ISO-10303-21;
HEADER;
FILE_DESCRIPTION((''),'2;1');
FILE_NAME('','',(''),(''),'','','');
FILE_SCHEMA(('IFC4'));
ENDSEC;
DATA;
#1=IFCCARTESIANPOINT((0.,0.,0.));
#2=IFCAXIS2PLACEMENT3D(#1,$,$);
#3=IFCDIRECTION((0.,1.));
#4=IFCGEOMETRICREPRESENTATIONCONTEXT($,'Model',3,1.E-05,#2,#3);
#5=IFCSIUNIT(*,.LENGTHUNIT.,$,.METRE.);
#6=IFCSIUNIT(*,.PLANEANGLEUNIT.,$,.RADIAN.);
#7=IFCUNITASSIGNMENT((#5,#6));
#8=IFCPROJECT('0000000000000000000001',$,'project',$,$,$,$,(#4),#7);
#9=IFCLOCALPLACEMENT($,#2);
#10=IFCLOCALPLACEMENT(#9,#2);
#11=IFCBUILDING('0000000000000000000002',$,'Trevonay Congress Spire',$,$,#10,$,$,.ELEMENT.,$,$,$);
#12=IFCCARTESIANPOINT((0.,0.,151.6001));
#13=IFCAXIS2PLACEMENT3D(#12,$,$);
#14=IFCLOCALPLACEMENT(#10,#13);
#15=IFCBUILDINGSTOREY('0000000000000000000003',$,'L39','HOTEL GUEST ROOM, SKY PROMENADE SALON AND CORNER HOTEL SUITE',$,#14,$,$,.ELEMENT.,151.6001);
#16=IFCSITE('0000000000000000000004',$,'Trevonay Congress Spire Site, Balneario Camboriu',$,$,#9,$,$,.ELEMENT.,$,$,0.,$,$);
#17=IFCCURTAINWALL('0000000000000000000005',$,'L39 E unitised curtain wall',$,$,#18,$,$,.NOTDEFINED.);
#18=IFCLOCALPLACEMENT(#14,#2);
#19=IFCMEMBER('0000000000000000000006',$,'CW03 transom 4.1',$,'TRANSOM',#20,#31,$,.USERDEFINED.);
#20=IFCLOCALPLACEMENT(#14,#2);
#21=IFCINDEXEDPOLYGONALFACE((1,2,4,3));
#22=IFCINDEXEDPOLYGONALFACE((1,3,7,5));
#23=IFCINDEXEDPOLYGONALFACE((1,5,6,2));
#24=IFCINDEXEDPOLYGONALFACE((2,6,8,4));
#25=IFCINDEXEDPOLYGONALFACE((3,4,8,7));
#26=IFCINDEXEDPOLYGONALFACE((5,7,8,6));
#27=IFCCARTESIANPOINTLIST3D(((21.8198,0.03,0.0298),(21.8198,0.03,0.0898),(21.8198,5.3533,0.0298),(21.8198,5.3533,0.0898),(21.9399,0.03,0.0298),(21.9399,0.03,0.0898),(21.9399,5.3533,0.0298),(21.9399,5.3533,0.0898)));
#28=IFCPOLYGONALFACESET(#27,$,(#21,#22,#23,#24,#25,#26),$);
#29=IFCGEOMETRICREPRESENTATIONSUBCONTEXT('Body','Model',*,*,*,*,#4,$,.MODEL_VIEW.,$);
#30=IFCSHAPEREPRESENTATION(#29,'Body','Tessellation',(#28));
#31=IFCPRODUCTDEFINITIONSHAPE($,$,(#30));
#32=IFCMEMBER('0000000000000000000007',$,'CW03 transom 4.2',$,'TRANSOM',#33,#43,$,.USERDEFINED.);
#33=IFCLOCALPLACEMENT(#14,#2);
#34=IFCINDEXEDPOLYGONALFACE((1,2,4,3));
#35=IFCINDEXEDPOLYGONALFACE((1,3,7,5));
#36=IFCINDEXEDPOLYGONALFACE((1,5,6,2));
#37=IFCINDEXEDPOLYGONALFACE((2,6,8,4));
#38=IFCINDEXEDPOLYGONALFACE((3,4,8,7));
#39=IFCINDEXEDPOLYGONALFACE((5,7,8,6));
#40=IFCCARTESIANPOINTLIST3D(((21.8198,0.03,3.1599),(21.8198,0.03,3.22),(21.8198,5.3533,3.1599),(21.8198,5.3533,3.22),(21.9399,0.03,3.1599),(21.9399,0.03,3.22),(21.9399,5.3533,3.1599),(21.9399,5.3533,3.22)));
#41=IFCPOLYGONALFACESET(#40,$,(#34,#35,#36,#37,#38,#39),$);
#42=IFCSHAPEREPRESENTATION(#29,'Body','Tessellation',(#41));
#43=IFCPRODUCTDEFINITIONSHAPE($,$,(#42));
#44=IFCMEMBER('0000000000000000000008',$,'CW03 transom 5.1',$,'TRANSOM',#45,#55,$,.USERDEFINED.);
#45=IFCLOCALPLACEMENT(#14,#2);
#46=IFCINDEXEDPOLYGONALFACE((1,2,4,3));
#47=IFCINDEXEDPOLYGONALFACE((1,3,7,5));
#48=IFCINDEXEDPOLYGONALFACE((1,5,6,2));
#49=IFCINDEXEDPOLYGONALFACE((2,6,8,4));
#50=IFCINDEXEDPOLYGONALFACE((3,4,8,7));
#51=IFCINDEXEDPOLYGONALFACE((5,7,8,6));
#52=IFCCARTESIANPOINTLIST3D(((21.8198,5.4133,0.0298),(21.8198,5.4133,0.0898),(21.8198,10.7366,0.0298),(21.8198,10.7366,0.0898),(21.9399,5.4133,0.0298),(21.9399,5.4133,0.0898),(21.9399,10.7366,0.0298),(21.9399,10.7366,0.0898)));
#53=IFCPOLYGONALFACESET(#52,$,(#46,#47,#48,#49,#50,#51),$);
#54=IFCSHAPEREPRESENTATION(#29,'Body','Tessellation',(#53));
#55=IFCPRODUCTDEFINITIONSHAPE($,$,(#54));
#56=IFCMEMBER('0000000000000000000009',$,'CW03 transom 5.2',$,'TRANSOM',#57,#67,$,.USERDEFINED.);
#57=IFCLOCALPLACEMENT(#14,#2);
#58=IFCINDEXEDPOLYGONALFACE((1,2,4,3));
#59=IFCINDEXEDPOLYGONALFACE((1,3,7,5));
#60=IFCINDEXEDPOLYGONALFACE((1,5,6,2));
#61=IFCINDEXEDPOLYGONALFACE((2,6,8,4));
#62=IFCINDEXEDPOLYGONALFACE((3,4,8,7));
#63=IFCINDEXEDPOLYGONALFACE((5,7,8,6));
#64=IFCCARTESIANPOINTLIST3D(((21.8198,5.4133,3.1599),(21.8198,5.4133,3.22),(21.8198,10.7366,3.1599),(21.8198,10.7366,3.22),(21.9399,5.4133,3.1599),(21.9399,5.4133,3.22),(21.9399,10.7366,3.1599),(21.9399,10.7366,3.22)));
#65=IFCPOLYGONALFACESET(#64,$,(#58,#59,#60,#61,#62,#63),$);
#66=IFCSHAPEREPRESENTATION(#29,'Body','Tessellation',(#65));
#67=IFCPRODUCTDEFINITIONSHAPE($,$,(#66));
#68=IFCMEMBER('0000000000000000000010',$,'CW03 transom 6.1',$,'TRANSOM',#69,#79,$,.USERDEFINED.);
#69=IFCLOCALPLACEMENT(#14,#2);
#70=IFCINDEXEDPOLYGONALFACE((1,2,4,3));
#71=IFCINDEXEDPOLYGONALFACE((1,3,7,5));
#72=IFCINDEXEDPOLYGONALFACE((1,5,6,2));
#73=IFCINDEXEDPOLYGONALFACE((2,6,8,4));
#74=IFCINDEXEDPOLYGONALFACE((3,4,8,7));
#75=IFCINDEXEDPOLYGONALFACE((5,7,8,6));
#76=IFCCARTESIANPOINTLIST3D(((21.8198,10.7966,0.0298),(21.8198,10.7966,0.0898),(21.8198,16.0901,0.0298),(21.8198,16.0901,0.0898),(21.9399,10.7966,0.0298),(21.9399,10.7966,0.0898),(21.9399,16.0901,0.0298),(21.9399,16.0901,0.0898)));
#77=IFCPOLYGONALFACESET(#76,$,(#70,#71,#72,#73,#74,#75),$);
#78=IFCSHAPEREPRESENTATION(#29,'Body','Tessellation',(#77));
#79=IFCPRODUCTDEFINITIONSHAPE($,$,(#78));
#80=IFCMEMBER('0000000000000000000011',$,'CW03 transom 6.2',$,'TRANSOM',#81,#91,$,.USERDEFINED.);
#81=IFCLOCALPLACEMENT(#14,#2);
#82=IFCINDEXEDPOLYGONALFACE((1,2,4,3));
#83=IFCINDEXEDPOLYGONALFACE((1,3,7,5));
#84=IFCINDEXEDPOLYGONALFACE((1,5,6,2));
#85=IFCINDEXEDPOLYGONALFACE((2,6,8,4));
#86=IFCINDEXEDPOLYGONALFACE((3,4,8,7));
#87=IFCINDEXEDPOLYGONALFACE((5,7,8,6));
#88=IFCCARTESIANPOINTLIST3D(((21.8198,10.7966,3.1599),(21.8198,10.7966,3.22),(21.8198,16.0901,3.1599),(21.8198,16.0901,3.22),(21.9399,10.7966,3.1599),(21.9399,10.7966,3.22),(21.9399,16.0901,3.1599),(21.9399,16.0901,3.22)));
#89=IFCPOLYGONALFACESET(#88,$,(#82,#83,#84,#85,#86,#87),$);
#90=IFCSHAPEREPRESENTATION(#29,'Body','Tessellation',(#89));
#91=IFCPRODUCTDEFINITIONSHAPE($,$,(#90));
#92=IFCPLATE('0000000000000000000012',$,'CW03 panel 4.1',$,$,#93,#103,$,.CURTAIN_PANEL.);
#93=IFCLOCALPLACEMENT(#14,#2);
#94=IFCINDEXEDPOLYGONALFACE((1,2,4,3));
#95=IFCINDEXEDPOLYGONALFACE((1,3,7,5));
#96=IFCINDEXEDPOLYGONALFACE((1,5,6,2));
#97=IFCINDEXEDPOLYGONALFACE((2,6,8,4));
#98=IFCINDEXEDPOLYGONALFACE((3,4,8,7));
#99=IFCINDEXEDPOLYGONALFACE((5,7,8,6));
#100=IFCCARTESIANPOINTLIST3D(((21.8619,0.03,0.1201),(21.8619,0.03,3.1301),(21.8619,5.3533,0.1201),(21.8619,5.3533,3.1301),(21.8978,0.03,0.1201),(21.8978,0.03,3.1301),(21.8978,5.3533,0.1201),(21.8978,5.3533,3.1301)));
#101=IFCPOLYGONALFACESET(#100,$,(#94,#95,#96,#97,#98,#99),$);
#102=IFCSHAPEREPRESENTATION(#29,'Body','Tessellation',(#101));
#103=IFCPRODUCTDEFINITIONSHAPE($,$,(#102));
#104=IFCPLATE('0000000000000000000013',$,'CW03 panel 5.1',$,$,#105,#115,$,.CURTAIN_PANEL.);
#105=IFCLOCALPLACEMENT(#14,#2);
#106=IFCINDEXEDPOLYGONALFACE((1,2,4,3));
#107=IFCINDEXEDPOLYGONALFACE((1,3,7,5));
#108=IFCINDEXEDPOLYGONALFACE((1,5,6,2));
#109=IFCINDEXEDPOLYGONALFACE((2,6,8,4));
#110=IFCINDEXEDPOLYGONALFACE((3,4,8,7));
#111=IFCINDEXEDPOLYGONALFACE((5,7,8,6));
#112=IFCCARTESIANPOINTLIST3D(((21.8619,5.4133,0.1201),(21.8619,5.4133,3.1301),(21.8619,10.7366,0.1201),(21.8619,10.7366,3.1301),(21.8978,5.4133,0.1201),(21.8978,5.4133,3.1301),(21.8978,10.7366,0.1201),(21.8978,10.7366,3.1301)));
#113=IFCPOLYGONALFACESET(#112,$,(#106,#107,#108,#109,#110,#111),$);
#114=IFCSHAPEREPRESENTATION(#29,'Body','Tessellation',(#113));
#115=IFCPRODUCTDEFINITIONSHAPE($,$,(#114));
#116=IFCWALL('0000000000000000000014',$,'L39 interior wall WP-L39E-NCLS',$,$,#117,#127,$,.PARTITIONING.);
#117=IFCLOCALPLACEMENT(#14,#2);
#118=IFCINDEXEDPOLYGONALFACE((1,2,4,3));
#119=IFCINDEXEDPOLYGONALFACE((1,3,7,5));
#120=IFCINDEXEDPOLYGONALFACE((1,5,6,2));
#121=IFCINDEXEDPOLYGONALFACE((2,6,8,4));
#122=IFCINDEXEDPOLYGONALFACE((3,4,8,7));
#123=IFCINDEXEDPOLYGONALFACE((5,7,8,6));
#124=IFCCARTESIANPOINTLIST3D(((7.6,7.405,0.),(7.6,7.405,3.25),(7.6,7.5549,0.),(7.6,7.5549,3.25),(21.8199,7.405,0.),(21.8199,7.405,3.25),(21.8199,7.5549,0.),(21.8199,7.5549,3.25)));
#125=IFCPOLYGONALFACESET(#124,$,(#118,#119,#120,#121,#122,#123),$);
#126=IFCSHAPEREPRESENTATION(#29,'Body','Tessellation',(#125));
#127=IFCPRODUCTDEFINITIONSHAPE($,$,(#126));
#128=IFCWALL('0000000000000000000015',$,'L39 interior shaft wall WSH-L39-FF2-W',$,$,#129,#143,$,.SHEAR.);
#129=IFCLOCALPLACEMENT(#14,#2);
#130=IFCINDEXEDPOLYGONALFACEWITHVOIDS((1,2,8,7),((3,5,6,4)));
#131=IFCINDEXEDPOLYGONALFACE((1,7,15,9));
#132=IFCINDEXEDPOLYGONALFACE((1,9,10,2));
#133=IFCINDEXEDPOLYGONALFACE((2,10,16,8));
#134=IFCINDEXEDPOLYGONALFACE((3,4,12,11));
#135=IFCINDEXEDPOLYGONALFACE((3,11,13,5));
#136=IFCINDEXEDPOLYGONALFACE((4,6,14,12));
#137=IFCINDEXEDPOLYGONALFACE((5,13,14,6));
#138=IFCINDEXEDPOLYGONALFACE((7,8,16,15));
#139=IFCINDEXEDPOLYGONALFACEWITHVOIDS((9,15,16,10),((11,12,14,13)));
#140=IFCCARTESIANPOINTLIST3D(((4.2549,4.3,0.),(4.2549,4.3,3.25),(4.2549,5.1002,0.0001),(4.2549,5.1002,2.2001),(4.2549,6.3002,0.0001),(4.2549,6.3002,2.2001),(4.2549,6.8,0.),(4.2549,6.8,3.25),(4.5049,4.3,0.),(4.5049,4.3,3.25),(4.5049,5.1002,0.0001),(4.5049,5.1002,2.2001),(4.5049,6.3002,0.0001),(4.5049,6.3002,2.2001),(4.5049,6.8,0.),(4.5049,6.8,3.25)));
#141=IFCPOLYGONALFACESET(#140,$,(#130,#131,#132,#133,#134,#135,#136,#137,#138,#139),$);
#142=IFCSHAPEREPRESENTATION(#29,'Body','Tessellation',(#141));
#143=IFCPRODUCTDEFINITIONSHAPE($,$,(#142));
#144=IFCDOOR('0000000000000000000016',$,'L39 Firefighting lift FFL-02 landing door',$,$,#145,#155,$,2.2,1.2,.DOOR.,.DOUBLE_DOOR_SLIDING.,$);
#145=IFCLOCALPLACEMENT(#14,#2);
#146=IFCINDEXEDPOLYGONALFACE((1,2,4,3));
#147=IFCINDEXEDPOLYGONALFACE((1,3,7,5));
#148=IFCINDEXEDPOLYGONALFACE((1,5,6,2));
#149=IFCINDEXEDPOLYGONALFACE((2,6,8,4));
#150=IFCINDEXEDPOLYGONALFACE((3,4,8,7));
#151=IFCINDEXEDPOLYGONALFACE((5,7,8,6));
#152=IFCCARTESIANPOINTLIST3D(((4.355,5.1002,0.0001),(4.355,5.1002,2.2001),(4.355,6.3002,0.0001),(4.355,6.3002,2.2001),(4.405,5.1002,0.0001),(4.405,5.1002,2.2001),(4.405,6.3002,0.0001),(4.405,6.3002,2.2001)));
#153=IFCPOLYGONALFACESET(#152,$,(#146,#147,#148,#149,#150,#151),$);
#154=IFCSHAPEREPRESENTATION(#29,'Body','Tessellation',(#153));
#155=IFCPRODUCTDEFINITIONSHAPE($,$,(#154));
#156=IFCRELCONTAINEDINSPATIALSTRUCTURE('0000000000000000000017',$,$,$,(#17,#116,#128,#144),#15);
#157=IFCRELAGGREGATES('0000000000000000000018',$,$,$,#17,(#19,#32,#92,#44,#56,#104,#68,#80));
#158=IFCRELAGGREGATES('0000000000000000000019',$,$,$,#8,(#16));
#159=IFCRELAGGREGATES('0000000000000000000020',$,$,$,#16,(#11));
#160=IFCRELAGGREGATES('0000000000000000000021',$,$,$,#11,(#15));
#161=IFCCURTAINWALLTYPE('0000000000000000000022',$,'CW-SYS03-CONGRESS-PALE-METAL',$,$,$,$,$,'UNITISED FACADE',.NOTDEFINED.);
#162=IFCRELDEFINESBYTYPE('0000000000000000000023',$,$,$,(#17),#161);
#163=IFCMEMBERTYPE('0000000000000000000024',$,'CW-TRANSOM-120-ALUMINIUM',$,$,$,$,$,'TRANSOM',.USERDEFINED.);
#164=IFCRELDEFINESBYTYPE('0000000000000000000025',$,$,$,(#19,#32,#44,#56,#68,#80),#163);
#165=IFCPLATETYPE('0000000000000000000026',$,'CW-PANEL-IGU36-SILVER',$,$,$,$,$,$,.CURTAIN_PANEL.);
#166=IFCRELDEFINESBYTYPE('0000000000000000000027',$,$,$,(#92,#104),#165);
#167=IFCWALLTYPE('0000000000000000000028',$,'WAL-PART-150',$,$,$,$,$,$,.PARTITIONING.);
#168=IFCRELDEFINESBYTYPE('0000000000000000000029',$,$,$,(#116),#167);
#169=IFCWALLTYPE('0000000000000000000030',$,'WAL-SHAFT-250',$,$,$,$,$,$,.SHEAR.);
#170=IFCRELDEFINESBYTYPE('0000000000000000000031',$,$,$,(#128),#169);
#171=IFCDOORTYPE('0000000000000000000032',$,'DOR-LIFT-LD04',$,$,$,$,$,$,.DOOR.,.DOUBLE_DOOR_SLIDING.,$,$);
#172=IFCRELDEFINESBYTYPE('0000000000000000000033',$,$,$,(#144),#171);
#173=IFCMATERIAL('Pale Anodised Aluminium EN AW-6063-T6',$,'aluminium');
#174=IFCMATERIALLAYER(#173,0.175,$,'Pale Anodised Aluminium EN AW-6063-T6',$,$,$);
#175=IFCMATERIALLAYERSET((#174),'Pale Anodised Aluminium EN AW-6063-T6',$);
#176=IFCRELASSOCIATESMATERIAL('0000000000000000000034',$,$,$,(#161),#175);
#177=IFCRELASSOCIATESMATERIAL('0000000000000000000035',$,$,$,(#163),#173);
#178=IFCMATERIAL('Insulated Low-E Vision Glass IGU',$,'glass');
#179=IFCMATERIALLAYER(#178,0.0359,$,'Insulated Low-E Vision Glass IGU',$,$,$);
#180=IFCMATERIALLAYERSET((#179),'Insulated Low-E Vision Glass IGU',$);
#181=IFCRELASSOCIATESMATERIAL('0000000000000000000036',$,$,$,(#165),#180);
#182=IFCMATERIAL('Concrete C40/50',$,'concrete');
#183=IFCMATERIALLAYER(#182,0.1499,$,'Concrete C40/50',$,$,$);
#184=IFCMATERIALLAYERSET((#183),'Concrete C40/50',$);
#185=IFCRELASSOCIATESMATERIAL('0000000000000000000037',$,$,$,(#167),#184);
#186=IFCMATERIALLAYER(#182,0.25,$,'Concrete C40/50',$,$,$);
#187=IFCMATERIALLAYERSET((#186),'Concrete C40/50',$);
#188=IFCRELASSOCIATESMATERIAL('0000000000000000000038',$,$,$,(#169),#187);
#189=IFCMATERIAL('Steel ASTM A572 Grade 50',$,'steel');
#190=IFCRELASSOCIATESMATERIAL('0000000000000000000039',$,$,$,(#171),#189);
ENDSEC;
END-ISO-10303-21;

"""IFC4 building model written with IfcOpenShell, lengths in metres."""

from ifc_helpers import new_model, si_unit, direction, frame, frame_2d, origin, origin_2d, place, context, subcontext, project, spatial, rectangle, extrude, material, layer, layer_set, material_profile, profile_set, type_object, element, fill, aggregate, save


model = new_model("IFC4")

# Units and contexts
model_context = context("Model", 3, precision=1e-05, world=origin(), true_north=direction((0.0, 1.0)))
body_context = subcontext(model_context, "Body", "Model", "MODEL_VIEW")
ifc_project = project(units=[si_unit("LENGTHUNIT", "METRE"), si_unit("PLANEANGLEUNIT", "RADIAN")], contexts=[model_context])

# Site, building, storey
site_placement = place(None, origin())
site = spatial("IfcSite", under=ifc_project, at=site_placement, Name="Trevonay Congress Spire Site, Balneario Camboriu", CompositionType="ELEMENT", RefElevation=0.0)
building_placement = place(site_placement, origin())
building = spatial("IfcBuilding", under=site, at=building_placement, Name="Trevonay Congress Spire", CompositionType="ELEMENT")
storey_placement = place(building_placement, frame((0.0, 0.0, 151.6001)))
storey = spatial("IfcBuildingStorey", under=building, at=storey_placement, Name="L39", Description="HOTEL GUEST ROOM, SKY PROMENADE SALON AND CORNER HOTEL SUITE", CompositionType="ELEMENT", Elevation=151.6001)

# Shared definitions
ifc_material_1 = material(Name="Steel ASTM A572 Grade 50", Category="steel")

# Curtain wall, members, plates
ifc_material_2 = material(Name="Pale Anodised Aluminium EN AW-6063-T6", Category="aluminium")
ifc_layer_1 = layer(ifc_material_2, 0.175, Name="Pale Anodised Aluminium EN AW-6063-T6")
ifc_layer_set_1 = layer_set([ifc_layer_1], Name="Pale Anodised Aluminium EN AW-6063-T6")
curtain_wall_type = type_object("IfcCurtainWallType", Name="CW-SYS03-CONGRESS-PALE-METAL", ElementType="UNITISED FACADE", PredefinedType="NOTDEFINED", material=ifc_layer_set_1)
curtain_wall_placement = place(storey_placement, origin())
curtain_wall = element("IfcCurtainWall", 1, at=curtain_wall_placement, inside=storey, type_object=curtain_wall_type, Name="L39 E unitised curtain wall", PredefinedType="NOTDEFINED")
ifc_material_profile_1 = material_profile(ifc_material_2, rectangle(XDim=0.1201, YDim=0.0601, at=origin_2d()), Name="CW-TRANSOM-120-ALUMINIUM")
ifc_profile_set_1 = profile_set([ifc_material_profile_1], Name="Pale Anodised Aluminium EN AW-6063-T6")
member_type_1 = type_object("IfcMemberType", Name="CW-TRANSOM-120-ALUMINIUM", ElementType="TRANSOM", PredefinedType="USERDEFINED", material=ifc_profile_set_1)
member_1_placement = place(storey_placement, frame((21.8799, 0.03, 0.0598), z_axis=(0.0, 1.0, 0.0), x_axis=(-1.0, 0.0, 0.0)))
member_1 = element("IfcMember", 2, at=member_1_placement, type_object=member_type_1, Name="CW03 transom 4.1", ObjectType="TRANSOM", PredefinedType="USERDEFINED", context=body_context, shape_type="SweptSolid", body=[
    extrude(rectangle(XDim=0.1201, YDim=0.0601, at=origin_2d()), origin(), (0.0, 0.0, 1.0), 5.3232),
])
member_2_placement = place(storey_placement, frame((21.8799, 0.03, 3.1899), z_axis=(0.0, 1.0, 0.0), x_axis=(-1.0, 0.0, 0.0)))
member_2 = element("IfcMember", 3, at=member_2_placement, type_object=member_type_1, Name="CW03 transom 4.2", ObjectType="TRANSOM", PredefinedType="USERDEFINED", context=body_context, shape_type="SweptSolid", body=[
    extrude(rectangle(XDim=0.1201, YDim=0.0601, at=origin_2d()), origin(), (0.0, 0.0, 1.0), 5.3232),
])
member_3_placement = place(storey_placement, frame((21.8799, 5.4133, 0.0598), z_axis=(0.0, 1.0, 0.0), x_axis=(-1.0, 0.0, 0.0)))
member_3 = element("IfcMember", 4, at=member_3_placement, type_object=member_type_1, Name="CW03 transom 5.1", ObjectType="TRANSOM", PredefinedType="USERDEFINED", context=body_context, shape_type="SweptSolid", body=[
    extrude(rectangle(XDim=0.1201, YDim=0.0601, at=origin_2d()), origin(), (0.0, 0.0, 1.0), 5.3232),
])
member_4_placement = place(storey_placement, frame((21.8799, 5.4133, 3.1899), z_axis=(0.0, 1.0, 0.0), x_axis=(-1.0, 0.0, 0.0)))
member_4 = element("IfcMember", 5, at=member_4_placement, type_object=member_type_1, Name="CW03 transom 5.2", ObjectType="TRANSOM", PredefinedType="USERDEFINED", context=body_context, shape_type="SweptSolid", body=[
    extrude(rectangle(XDim=0.1201, YDim=0.0601, at=origin_2d()), origin(), (0.0, 0.0, 1.0), 5.3232),
])
member_5_placement = place(storey_placement, frame((21.8799, 10.7966, 0.0598), z_axis=(0.0, 1.0, 0.0), x_axis=(-1.0, 0.0, 0.0)))
member_5 = element("IfcMember", 6, at=member_5_placement, type_object=member_type_1, Name="CW03 transom 6.1", ObjectType="TRANSOM", PredefinedType="USERDEFINED", context=body_context, shape_type="SweptSolid", body=[
    extrude(rectangle(XDim=0.1201, YDim=0.0601, at=origin_2d()), origin(), (0.0, 0.0, 1.0), 5.2935),
])
member_6_placement = place(storey_placement, frame((21.8799, 10.7966, 3.1899), z_axis=(0.0, 1.0, 0.0), x_axis=(-1.0, 0.0, 0.0)))
member_6 = element("IfcMember", 7, at=member_6_placement, type_object=member_type_1, Name="CW03 transom 6.2", ObjectType="TRANSOM", PredefinedType="USERDEFINED", context=body_context, shape_type="SweptSolid", body=[
    extrude(rectangle(XDim=0.1201, YDim=0.0601, at=origin_2d()), origin(), (0.0, 0.0, 1.0), 5.2935),
])
ifc_material_3 = material(Name="Insulated Low-E Vision Glass IGU", Category="glass")
ifc_layer_2 = layer(ifc_material_3, 0.0359, Name="Insulated Low-E Vision Glass IGU")
ifc_layer_set_2 = layer_set([ifc_layer_2], Name="Insulated Low-E Vision Glass IGU")
plate_type = type_object("IfcPlateType", Name="CW-PANEL-IGU36-SILVER", PredefinedType="CURTAIN_PANEL", material=ifc_layer_set_2)
plate_1_placement = place(storey_placement, frame((21.8799, 2.6917, 0.1201), z_axis=(0.0, 0.0, 1.0), x_axis=(0.0, 1.0, 0.0)))
plate_1 = element("IfcPlate", 8, at=plate_1_placement, type_object=plate_type, Name="CW03 panel 4.1", PredefinedType="CURTAIN_PANEL", context=body_context, shape_type="SweptSolid", body=[
    extrude(rectangle(XDim=5.3232, YDim=0.0359, at=origin_2d()), origin(), (0.0, 0.0, 1.0), 3.01),
])
plate_2_placement = place(storey_placement, frame((21.8799, 8.075, 0.1201), z_axis=(0.0, 0.0, 1.0), x_axis=(0.0, 1.0, 0.0)))
plate_2 = element("IfcPlate", 9, at=plate_2_placement, type_object=plate_type, Name="CW03 panel 5.1", PredefinedType="CURTAIN_PANEL", context=body_context, shape_type="SweptSolid", body=[
    extrude(rectangle(XDim=5.3232, YDim=0.0359, at=origin_2d()), origin(), (0.0, 0.0, 1.0), 3.01),
])
aggregate(curtain_wall, [member_1, member_2, plate_1, member_3, member_4, plate_2, member_5, member_6])

# Wall
ifc_material_4 = material(Name="Concrete C40/50", Category="concrete")
ifc_layer_3 = layer(ifc_material_4, 0.1499, Name="Concrete C40/50")
ifc_layer_set_3 = layer_set([ifc_layer_3], Name="Concrete C40/50")
wall_type_1 = type_object("IfcWallType", Name="WAL-PART-150", PredefinedType="PARTITIONING", material=ifc_layer_set_3)
wall_1_placement = place(storey_placement, frame((7.6001, 7.48, 0.0), z_axis=(0.0, 0.0, 1.0), x_axis=(1.0, 0.0, 0.0)))
element("IfcWall", 10, at=wall_1_placement, inside=storey, type_object=wall_type_1, Name="L39 interior wall WP-L39E-NCLS", PredefinedType="PARTITIONING", context=body_context, shape_type="SweptSolid", body=[
    extrude(rectangle(XDim=14.22, YDim=0.1499, at=frame_2d((7.1099, 0.0))), origin(), (0.0, 0.0, 1.0), 3.25),
])

# Wall, opening, door
ifc_layer_4 = layer(ifc_material_4, 0.25, Name="Concrete C40/50")
ifc_layer_set_4 = layer_set([ifc_layer_4], Name="Concrete C40/50")
wall_type_2 = type_object("IfcWallType", Name="WAL-SHAFT-250", PredefinedType="SHEAR", material=ifc_layer_set_4)
wall_2_placement = place(storey_placement, frame((4.3799, 4.3, 0.0), z_axis=(0.0, 0.0, 1.0), x_axis=(0.0, 1.0, 0.0)))
wall_2 = element("IfcWall", 11, at=wall_2_placement, inside=storey, type_object=wall_type_2, Name="L39 interior shaft wall WSH-L39-FF2-W", PredefinedType="SHEAR", context=body_context, shape_type="SweptSolid", body=[
    extrude(rectangle(XDim=2.5, YDim=0.25, at=frame_2d((1.25, 0.0))), origin(), (0.0, 0.0, 1.0), 3.25),
])
opening_placement = place(wall_2_placement, frame((0.8, 0.0, 0.0)))
opening = element("IfcOpeningElement", 12, at=opening_placement, cuts=wall_2, PredefinedType="OPENING", context=body_context, shape_type="SweptSolid", body=[
    extrude(rectangle(XDim=1.2, YDim=2.2, at=frame_2d((0.6001, 1.1001))), frame((0.0, 0.135, 0.0), z_axis=(0.0, -1.0, 0.0), x_axis=(1.0, 0.0, 0.0)), (0.0, 0.0, 1.0), 0.27),
])
door_type = type_object("IfcDoorType", Name="DOR-LIFT-LD04", OperationType="DOUBLE_DOOR_SLIDING", PredefinedType="DOOR", material=ifc_material_1)
door_placement = place(opening_placement, origin())
door = element("IfcDoor", 13, at=door_placement, inside=storey, type_object=door_type, Name="L39 Firefighting lift FFL-02 landing door", OperationType="DOUBLE_DOOR_SLIDING", OverallHeight=2.2, OverallWidth=1.2, PredefinedType="DOOR", context=body_context, shape_type="SweptSolid", body=[
    extrude(rectangle(XDim=1.2, YDim=2.2, at=frame_2d((0.6001, 1.1001))), frame((0.0, 0.0249, 0.0), z_axis=(0.0, -1.0, 0.0), x_axis=(1.0, 0.0, 0.0)), (0.0, 0.0, 1.0), 0.05),
])
fill(opening, door)

save(model, "model.ifc")
